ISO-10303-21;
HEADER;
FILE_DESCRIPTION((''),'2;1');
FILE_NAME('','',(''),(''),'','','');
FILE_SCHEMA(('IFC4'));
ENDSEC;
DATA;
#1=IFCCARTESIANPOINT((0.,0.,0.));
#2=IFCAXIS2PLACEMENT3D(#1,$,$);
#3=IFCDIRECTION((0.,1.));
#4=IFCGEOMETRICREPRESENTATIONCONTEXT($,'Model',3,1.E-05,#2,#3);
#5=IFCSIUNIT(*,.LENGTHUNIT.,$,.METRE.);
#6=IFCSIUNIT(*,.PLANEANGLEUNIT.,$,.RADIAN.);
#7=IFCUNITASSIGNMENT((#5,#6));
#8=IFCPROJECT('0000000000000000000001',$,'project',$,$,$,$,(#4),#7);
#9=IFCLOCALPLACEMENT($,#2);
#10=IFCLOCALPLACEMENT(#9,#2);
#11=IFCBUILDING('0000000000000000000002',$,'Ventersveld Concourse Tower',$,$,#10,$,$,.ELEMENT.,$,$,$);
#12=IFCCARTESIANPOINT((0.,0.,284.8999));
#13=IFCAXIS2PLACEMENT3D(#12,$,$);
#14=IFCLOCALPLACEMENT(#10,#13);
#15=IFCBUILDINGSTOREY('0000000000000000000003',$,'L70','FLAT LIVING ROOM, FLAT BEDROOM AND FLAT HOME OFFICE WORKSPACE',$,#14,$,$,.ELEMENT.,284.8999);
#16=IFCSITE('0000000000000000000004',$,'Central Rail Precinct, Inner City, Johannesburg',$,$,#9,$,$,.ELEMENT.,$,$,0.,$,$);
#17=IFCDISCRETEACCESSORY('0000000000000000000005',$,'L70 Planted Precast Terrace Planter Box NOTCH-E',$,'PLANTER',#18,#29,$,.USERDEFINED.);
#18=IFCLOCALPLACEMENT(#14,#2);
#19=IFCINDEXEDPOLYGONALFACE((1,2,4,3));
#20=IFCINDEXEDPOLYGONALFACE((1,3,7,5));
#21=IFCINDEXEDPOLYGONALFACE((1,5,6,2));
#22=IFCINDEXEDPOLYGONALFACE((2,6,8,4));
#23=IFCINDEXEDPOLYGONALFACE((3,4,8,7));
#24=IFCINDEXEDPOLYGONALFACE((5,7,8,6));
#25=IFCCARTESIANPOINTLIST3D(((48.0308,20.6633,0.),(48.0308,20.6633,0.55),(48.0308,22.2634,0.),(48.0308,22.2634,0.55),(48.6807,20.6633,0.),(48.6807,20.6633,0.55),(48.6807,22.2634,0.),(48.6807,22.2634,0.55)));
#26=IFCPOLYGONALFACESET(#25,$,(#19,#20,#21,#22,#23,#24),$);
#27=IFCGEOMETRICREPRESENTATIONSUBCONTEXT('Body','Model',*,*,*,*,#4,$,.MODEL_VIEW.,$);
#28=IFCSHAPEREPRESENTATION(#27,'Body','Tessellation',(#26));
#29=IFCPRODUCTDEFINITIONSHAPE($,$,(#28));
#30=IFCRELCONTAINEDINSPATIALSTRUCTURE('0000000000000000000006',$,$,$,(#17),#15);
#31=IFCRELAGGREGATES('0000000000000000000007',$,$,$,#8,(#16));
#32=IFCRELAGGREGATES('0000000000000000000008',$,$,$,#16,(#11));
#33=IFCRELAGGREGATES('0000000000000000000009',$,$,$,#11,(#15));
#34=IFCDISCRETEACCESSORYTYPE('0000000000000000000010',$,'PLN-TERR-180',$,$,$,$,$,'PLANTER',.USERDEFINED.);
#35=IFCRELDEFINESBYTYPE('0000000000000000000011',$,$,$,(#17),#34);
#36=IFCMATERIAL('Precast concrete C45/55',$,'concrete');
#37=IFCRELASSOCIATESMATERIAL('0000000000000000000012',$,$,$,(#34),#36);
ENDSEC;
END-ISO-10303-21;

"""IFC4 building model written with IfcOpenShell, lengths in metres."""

from ifc_helpers import new_model, si_unit, direction, frame, origin, origin_2d, place, context, subcontext, project, spatial, rectangle, extrude, material, type_object, element, save


model = new_model("IFC4")

# Units and contexts
model_context = context("Model", 3, precision=1e-05, world=origin(), true_north=direction((0.0, 1.0)))
body_context = subcontext(model_context, "Body", "Model", "MODEL_VIEW")
ifc_project = project(units=[si_unit("LENGTHUNIT", "METRE"), si_unit("PLANEANGLEUNIT", "RADIAN")], contexts=[model_context])

# Site, building, storey
site_placement = place(None, origin())
site = spatial("IfcSite", under=ifc_project, at=site_placement, Name="Central Rail Precinct, Inner City, Johannesburg", CompositionType="ELEMENT", RefElevation=0.0)
building_placement = place(site_placement, origin())
building = spatial("IfcBuilding", under=site, at=building_placement, Name="Ventersveld Concourse Tower", CompositionType="ELEMENT")
storey_placement = place(building_placement, frame((0.0, 0.0, 284.8999)))
storey = spatial("IfcBuildingStorey", under=building, at=storey_placement, Name="L70", Description="FLAT LIVING ROOM, FLAT BEDROOM AND FLAT HOME OFFICE WORKSPACE", CompositionType="ELEMENT", Elevation=284.8999)

# Shared definitions
ifc_material_1 = material(Name="Precast concrete C45/55", Category="concrete")

# Discrete accessory
discrete_accessory_type = type_object("IfcDiscreteAccessoryType", Name="PLN-TERR-180", ElementType="PLANTER", PredefinedType="USERDEFINED", material=ifc_material_1)
discrete_accessory_placement = place(storey_placement, frame((48.3557, 21.4634, 0.0), z_axis=(0.0, 0.0, 1.0), x_axis=(0.0, 1.0, 0.0)))
element("IfcDiscreteAccessory", 1, at=discrete_accessory_placement, inside=storey, type_object=discrete_accessory_type, Name="L70 Planted Precast Terrace Planter Box NOTCH-E", ObjectType="PLANTER", PredefinedType="USERDEFINED", context=body_context, shape_type="SweptSolid", body=[
    extrude(rectangle(XDim=1.6001, YDim=0.6499, at=origin_2d()), origin(), (0.0, 0.0, 1.0), 0.55),
])

save(model, "model.ifc")
